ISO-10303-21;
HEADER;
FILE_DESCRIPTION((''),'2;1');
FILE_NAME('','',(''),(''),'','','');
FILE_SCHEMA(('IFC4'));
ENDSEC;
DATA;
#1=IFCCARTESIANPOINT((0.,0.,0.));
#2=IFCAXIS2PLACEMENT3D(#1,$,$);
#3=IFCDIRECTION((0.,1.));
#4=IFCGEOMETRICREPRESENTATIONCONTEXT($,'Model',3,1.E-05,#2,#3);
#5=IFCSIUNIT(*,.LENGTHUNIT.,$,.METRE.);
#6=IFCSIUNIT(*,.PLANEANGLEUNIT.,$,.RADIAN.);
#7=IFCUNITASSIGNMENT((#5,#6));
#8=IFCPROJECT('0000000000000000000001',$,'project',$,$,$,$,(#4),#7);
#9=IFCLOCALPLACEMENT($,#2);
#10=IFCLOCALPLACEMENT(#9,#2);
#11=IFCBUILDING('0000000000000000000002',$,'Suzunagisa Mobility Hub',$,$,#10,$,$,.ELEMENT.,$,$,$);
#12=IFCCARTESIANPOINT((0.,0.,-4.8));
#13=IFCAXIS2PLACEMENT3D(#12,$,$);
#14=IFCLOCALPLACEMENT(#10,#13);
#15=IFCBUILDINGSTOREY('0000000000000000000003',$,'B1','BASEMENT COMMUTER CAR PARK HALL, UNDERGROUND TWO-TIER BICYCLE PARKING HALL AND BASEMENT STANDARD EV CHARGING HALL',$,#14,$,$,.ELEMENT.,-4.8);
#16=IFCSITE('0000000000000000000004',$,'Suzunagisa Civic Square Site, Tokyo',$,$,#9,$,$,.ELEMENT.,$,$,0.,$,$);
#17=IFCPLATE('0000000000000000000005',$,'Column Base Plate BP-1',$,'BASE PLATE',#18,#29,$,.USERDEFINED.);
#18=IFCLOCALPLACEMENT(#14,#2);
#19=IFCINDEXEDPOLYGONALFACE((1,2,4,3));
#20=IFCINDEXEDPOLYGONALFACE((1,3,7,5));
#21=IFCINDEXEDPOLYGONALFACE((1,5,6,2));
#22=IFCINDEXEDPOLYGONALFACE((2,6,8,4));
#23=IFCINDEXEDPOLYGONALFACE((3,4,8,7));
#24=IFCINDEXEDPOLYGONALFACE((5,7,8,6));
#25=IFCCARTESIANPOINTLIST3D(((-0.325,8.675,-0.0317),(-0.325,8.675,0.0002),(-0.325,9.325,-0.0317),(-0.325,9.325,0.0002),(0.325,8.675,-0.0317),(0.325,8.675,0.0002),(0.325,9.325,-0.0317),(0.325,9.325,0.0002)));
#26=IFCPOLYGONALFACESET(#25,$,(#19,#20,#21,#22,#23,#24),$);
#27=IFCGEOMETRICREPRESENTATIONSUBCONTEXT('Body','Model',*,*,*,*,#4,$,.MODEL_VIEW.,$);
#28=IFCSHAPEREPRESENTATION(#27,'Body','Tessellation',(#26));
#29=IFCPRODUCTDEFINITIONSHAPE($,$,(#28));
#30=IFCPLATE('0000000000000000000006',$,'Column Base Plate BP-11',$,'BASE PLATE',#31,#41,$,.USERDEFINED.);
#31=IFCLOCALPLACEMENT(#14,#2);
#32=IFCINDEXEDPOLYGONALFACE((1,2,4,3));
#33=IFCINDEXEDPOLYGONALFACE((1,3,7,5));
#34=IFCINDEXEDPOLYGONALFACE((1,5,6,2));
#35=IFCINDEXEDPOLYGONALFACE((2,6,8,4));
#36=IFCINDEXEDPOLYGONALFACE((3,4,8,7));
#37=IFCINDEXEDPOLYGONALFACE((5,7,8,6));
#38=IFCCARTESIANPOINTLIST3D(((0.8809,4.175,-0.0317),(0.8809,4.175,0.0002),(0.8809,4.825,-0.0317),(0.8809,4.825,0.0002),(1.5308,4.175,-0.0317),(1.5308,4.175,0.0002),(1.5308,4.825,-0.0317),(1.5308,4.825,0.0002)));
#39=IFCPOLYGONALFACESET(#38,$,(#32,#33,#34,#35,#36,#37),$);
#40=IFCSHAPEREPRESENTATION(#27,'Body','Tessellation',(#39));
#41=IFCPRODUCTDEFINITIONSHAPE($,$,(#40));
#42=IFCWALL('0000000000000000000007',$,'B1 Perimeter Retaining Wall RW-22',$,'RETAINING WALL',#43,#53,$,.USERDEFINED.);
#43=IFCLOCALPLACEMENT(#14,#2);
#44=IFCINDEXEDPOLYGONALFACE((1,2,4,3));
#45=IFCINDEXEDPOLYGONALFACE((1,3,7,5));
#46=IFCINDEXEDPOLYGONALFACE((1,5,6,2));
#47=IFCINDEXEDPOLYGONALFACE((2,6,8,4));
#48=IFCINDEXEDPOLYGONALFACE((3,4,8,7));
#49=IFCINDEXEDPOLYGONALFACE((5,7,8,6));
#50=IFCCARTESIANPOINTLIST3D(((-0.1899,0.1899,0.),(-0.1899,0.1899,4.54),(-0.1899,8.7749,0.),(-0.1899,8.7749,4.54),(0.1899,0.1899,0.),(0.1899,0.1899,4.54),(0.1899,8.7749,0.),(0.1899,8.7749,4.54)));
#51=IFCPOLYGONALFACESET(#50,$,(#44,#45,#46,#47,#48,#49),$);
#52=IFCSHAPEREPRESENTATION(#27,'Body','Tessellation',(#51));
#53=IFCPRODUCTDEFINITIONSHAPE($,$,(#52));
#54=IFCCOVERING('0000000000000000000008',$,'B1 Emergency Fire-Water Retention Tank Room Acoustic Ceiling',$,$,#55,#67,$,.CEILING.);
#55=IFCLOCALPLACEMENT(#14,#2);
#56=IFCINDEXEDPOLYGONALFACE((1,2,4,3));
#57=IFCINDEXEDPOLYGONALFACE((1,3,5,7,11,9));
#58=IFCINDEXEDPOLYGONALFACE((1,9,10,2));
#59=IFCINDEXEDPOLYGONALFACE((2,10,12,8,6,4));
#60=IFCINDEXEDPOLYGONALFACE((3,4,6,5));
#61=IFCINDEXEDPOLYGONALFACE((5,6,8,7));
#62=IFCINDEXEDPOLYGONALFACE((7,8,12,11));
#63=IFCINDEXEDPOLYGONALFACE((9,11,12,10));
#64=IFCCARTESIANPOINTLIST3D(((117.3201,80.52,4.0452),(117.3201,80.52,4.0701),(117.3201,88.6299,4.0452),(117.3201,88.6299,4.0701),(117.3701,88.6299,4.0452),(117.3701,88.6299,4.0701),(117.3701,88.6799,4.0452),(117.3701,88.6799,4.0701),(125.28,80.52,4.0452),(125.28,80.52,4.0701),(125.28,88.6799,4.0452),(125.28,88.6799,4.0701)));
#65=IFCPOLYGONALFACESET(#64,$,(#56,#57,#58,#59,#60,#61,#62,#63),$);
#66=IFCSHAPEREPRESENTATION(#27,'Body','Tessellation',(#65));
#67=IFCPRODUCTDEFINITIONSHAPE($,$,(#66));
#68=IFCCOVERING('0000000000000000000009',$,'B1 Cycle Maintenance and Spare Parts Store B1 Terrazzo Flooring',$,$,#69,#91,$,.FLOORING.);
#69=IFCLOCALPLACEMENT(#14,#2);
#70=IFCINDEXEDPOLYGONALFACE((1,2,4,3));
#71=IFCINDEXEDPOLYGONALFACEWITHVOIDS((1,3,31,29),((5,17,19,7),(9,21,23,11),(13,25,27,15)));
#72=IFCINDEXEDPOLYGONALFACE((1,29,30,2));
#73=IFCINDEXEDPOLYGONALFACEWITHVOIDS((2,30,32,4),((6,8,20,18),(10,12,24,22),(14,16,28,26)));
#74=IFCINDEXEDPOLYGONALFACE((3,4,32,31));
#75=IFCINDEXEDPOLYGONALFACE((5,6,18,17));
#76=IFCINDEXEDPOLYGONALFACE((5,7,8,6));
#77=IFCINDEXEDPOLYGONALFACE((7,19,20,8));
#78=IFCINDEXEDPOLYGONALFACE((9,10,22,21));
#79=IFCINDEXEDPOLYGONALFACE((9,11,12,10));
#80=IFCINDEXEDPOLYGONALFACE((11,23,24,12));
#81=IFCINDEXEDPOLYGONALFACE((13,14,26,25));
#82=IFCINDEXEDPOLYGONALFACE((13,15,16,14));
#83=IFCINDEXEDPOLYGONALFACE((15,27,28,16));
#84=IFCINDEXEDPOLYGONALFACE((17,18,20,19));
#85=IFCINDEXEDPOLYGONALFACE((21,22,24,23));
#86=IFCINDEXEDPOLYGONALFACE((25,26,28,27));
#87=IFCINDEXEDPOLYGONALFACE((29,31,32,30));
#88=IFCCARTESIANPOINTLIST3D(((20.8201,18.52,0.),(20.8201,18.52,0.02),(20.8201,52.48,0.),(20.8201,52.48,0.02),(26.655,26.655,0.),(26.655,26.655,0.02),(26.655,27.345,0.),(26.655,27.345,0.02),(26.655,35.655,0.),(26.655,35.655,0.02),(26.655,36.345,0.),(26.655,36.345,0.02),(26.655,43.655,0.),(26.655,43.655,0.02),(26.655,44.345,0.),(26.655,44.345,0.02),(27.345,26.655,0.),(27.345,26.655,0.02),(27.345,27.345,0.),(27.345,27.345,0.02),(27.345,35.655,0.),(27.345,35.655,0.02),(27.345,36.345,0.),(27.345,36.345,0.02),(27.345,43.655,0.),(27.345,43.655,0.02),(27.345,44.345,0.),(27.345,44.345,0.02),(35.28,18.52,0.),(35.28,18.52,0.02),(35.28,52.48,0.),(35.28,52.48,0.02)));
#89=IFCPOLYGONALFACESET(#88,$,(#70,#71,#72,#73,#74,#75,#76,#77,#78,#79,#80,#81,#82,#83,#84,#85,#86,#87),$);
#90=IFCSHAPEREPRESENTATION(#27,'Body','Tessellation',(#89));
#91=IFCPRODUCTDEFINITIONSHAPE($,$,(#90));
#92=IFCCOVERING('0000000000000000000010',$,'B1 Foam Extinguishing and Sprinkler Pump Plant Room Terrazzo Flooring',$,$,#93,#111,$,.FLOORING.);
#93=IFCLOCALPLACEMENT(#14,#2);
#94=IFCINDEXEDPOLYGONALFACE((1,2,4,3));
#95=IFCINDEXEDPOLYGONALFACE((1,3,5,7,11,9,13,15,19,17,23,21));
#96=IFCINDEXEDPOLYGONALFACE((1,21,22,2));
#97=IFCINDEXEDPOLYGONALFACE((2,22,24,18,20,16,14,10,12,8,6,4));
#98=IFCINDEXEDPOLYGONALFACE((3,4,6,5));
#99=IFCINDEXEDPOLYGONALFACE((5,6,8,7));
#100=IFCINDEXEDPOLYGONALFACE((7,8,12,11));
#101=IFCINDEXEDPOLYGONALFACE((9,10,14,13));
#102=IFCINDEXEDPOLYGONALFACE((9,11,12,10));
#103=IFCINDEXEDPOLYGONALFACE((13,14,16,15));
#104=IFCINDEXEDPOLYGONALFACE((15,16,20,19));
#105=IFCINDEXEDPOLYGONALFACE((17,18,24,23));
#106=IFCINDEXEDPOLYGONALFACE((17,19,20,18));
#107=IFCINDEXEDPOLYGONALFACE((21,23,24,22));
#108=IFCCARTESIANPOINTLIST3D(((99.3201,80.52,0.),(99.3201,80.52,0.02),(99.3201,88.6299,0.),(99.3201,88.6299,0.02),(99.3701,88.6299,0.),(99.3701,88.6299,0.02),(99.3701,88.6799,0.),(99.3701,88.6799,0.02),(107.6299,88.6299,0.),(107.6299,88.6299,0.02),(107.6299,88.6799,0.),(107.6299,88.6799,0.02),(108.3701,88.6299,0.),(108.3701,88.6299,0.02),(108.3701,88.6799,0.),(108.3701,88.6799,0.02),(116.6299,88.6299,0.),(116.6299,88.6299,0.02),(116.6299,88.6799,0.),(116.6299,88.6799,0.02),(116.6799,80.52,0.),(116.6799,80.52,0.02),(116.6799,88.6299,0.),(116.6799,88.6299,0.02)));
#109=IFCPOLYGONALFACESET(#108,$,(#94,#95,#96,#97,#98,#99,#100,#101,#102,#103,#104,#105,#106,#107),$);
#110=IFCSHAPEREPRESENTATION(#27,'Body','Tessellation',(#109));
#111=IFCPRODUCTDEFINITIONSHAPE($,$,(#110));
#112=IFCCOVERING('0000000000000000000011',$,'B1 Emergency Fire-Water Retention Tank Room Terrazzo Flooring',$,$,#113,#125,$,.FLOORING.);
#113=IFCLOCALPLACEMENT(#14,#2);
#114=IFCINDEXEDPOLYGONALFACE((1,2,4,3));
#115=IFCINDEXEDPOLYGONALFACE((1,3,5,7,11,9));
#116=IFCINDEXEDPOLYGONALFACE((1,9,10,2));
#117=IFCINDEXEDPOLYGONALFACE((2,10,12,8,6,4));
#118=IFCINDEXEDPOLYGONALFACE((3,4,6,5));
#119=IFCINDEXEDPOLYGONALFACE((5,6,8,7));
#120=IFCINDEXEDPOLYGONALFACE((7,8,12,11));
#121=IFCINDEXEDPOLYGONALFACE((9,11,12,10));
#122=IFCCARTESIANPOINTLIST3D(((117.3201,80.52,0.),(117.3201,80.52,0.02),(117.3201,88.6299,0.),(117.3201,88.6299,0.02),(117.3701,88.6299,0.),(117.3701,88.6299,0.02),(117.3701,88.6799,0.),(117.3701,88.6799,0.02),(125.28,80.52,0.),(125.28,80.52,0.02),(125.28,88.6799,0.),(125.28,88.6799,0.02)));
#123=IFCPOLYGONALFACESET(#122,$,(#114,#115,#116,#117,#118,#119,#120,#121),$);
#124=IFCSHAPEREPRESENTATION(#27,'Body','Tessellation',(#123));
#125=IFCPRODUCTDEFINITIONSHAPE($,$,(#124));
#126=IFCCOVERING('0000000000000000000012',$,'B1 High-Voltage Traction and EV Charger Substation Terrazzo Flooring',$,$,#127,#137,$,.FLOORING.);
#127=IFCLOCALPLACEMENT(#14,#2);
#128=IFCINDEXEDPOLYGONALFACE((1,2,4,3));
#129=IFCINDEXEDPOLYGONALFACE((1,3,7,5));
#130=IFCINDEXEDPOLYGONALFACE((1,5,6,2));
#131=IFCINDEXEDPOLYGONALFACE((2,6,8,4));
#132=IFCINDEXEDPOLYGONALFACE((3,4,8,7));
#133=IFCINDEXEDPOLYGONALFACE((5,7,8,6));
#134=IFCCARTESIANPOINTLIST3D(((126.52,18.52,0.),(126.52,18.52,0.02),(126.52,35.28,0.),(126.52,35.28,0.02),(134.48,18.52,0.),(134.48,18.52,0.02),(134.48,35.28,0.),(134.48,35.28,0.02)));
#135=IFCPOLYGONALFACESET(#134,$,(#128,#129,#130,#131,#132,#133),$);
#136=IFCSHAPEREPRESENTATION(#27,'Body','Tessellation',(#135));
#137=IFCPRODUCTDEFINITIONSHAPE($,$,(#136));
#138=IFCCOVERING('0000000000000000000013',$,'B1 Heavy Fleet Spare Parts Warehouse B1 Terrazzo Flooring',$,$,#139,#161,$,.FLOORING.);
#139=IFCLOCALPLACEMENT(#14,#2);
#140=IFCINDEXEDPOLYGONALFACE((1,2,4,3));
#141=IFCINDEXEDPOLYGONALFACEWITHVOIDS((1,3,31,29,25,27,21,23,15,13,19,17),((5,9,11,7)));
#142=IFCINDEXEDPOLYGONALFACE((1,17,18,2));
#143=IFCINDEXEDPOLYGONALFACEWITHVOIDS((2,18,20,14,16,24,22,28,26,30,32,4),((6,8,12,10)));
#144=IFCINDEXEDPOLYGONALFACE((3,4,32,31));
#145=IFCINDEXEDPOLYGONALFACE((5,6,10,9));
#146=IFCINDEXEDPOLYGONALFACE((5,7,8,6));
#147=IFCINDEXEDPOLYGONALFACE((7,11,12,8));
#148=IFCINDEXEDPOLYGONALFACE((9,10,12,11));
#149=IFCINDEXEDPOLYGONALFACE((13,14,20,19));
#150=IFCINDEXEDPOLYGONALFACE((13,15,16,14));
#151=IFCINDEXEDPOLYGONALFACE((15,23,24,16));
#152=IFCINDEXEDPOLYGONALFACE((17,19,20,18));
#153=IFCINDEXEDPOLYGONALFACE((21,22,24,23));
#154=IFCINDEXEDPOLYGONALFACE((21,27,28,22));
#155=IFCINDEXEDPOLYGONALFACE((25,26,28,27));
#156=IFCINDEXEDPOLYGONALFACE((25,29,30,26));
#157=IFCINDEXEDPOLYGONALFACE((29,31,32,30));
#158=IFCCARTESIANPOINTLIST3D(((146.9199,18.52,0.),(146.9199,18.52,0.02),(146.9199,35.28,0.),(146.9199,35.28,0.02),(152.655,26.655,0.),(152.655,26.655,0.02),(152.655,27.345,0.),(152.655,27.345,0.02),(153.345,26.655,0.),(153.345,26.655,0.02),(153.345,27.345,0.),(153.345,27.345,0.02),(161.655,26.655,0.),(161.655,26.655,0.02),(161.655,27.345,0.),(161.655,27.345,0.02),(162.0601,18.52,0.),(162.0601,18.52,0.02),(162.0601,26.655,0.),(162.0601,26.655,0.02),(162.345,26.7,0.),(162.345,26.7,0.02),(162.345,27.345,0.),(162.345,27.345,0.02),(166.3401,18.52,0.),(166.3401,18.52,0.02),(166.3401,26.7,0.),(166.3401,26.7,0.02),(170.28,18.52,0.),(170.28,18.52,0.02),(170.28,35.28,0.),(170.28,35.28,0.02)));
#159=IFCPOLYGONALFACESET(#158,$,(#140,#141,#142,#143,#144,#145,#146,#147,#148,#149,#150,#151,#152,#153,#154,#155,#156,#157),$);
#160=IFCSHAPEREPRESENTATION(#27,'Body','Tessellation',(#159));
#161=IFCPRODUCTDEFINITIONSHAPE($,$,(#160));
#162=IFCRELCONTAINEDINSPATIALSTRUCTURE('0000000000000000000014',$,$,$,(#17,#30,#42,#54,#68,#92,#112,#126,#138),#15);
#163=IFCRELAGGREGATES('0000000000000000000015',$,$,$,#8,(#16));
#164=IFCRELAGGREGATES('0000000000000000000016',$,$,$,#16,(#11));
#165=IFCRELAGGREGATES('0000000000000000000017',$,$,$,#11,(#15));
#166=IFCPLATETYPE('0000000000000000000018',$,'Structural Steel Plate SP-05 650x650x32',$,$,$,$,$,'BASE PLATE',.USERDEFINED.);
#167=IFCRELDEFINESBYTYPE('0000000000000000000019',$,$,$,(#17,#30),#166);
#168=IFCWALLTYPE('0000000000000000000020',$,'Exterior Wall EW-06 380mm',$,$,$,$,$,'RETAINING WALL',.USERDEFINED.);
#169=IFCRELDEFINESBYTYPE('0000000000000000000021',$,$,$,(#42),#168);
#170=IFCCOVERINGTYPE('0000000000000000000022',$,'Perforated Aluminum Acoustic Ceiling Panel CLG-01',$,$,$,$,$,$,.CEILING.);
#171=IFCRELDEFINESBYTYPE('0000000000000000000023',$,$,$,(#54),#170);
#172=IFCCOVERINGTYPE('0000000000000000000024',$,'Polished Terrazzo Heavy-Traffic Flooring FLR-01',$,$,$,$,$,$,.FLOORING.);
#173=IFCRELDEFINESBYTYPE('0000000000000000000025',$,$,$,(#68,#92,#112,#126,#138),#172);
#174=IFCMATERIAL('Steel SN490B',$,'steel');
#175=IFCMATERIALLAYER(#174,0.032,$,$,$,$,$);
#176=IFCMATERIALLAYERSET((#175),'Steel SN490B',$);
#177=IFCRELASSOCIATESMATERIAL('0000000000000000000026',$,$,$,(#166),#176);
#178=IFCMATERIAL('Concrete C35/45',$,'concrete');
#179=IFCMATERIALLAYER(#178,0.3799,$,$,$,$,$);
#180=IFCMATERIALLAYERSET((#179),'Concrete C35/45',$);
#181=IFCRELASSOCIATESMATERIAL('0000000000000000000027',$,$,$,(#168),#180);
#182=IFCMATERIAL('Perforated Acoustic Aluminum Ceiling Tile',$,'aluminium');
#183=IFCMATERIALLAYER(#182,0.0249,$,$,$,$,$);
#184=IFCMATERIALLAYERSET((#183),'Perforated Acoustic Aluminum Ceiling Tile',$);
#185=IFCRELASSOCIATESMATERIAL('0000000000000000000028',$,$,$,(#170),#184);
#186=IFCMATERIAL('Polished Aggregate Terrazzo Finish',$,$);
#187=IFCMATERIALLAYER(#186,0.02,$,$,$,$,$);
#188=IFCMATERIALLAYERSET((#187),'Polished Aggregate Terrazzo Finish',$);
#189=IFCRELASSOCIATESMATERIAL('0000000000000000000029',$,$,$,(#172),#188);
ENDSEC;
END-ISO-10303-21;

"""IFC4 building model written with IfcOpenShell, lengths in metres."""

from ifc_helpers import new_model, si_unit, direction, frame, frame_2d, origin, origin_2d, place, context, subcontext, project, spatial, polyline, rectangle, outline, extrude, material, layer, layer_set, type_object, element, save


model = new_model("IFC4")

# Units and contexts
model_context = context("Model", 3, precision=1e-05, world=origin(), true_north=direction((0.0, 1.0)))
body_context = subcontext(model_context, "Body", "Model", "MODEL_VIEW")
ifc_project = project(units=[si_unit("LENGTHUNIT", "METRE"), si_unit("PLANEANGLEUNIT", "RADIAN")], contexts=[model_context])

# Site, building, storey
site_placement = place(None, origin())
site = spatial("IfcSite", under=ifc_project, at=site_placement, Name="Suzunagisa Civic Square Site, Tokyo", CompositionType="ELEMENT", RefElevation=0.0)
building_placement = place(site_placement, origin())
building = spatial("IfcBuilding", under=site, at=building_placement, Name="Suzunagisa Mobility Hub", CompositionType="ELEMENT")
storey_placement = place(building_placement, frame((0.0, 0.0, -4.8)))
storey = spatial("IfcBuildingStorey", under=building, at=storey_placement, Name="B1", Description="BASEMENT COMMUTER CAR PARK HALL, UNDERGROUND TWO-TIER BICYCLE PARKING HALL AND BASEMENT STANDARD EV CHARGING HALL", CompositionType="ELEMENT", Elevation=-4.8)

# Shared definitions
ifc_material_1 = material(Name="Steel SN490B", Category="steel")

# Shared definitions
ifc_material_2 = material(Name="Concrete C35/45", Category="concrete")

# Plates
ifc_layer_1 = layer(ifc_material_1, 0.032)
ifc_layer_set_1 = layer_set([ifc_layer_1], Name="Steel SN490B")
plate_type = type_object("IfcPlateType", Name="Structural Steel Plate SP-05 650x650x32", ElementType="BASE PLATE", PredefinedType="USERDEFINED", material=ifc_layer_set_1)
for number, where, z_axis, x_axis, name in (
    (1, (0.0, 9.0, -0.0317), (0.0, 0.0, 1.0), (1.0, 0.0, 0.0), "Column Base Plate BP-1"),
    (2, (1.2058, 4.5, -0.0317), (0.0, 0.0, 1.0), (1.0, 0.0, 0.0), "Column Base Plate BP-11"),
):
    element("IfcPlate", number, at=place(storey_placement, frame(where, z_axis=z_axis, x_axis=x_axis)), inside=storey, type_object=plate_type, Name=name, ObjectType="BASE PLATE", PredefinedType="USERDEFINED", context=body_context, shape_type="SweptSolid", body=[
        extrude(rectangle(XDim=0.6499, YDim=0.6499, at=origin_2d()), origin(), (0.0, 0.0, 1.0), 0.032),
    ])

# Wall
ifc_layer_2 = layer(ifc_material_2, 0.3799)
ifc_layer_set_2 = layer_set([ifc_layer_2], Name="Concrete C35/45")
wall_type = type_object("IfcWallType", Name="Exterior Wall EW-06 380mm", ElementType="RETAINING WALL", PredefinedType="USERDEFINED", material=ifc_layer_set_2)
wall_placement = place(storey_placement, frame((0.0, 8.7749, 0.0), z_axis=(0.0, 0.0, 1.0), x_axis=(0.0, -1.0, 0.0)))
element("IfcWall", 3, at=wall_placement, inside=storey, type_object=wall_type, Name="B1 Perimeter Retaining Wall RW-22", ObjectType="RETAINING WALL", PredefinedType="USERDEFINED", context=body_context, shape_type="SweptSolid", body=[
    extrude(rectangle(XDim=8.585, YDim=0.3799, at=frame_2d((4.2925, 0.0))), origin(), (0.0, 0.0, 1.0), 4.54),
])

# Coverings
ifc_material_3 = material(Name="Perforated Acoustic Aluminum Ceiling Tile", Category="aluminium")
ifc_layer_3 = layer(ifc_material_3, 0.0249)
ifc_layer_set_3 = layer_set([ifc_layer_3], Name="Perforated Acoustic Aluminum Ceiling Tile")
covering_type_1 = type_object("IfcCoveringType", Name="Perforated Aluminum Acoustic Ceiling Panel CLG-01", PredefinedType="CEILING", material=ifc_layer_set_3)
covering_1_placement = place(storey_placement, frame((0.0, 0.0, 4.0452)))
element("IfcCovering", 4, at=covering_1_placement, inside=storey, type_object=covering_type_1, Name="B1 Emergency Fire-Water Retention Tank Room Acoustic Ceiling", PredefinedType="CEILING", context=body_context, shape_type="SweptSolid", body=[
    extrude(outline(polyline([(117.3201, 88.6299), (117.3701, 88.6299), (117.3701, 88.6799), (125.28, 88.6799), (125.28, 80.52), (117.3201, 80.52), (117.3201, 88.6299)])), origin(), (0.0, 0.0, 1.0), 0.0249),
])
ifc_material_4 = material(Name="Polished Aggregate Terrazzo Finish")
ifc_layer_4 = layer(ifc_material_4, 0.02)
ifc_layer_set_4 = layer_set([ifc_layer_4], Name="Polished Aggregate Terrazzo Finish")
covering_type_2 = type_object("IfcCoveringType", Name="Polished Terrazzo Heavy-Traffic Flooring FLR-01", PredefinedType="FLOORING", material=ifc_layer_set_4)
covering_2_placement = place(storey_placement, origin())
element("IfcCovering", 5, at=covering_2_placement, inside=storey, type_object=covering_type_2, Name="B1 Cycle Maintenance and Spare Parts Store B1 Terrazzo Flooring", PredefinedType="FLOORING", context=body_context, shape_type="SweptSolid", body=[
    extrude(outline(polyline([(20.8201, 52.48), (35.28, 52.48), (35.28, 18.52), (20.8201, 18.52), (20.8201, 52.48)]), holes=[polyline([(26.655, 26.655), (27.345, 26.655), (27.345, 27.345), (26.655, 27.345), (26.655, 26.655)]), polyline([(26.655, 36.345), (26.655, 35.655), (27.345, 35.655), (27.345, 36.345), (26.655, 36.345)]), polyline([(27.345, 44.345), (26.655, 44.345), (26.655, 43.655), (27.345, 43.655), (27.345, 44.345)])]), origin(), (0.0, 0.0, 1.0), 0.02),
])
covering_3_placement = place(storey_placement, origin())
element("IfcCovering", 6, at=covering_3_placement, inside=storey, type_object=covering_type_2, Name="B1 Foam Extinguishing and Sprinkler Pump Plant Room Terrazzo Flooring", PredefinedType="FLOORING", context=body_context, shape_type="SweptSolid", body=[
    extrude(outline(polyline([(107.6299, 88.6799), (107.6299, 88.6299), (108.3701, 88.6299), (108.3701, 88.6799), (116.6299, 88.6799), (116.6299, 88.6299), (116.6799, 88.6299), (116.6799, 80.52), (99.3201, 80.52), (99.3201, 88.6299), (99.3701, 88.6299), (99.3701, 88.6799), (107.6299, 88.6799)])), origin(), (0.0, 0.0, 1.0), 0.02),
])
covering_4_placement = place(storey_placement, origin())
element("IfcCovering", 7, at=covering_4_placement, inside=storey, type_object=covering_type_2, Name="B1 Emergency Fire-Water Retention Tank Room Terrazzo Flooring", PredefinedType="FLOORING", context=body_context, shape_type="SweptSolid", body=[
    extrude(outline(polyline([(117.3201, 88.6299), (117.3701, 88.6299), (117.3701, 88.6799), (125.28, 88.6799), (125.28, 80.52), (117.3201, 80.52), (117.3201, 88.6299)])), origin(), (0.0, 0.0, 1.0), 0.02),
])
covering_5_placement = place(storey_placement, origin())
element("IfcCovering", 8, at=covering_5_placement, inside=storey, type_object=covering_type_2, Name="B1 High-Voltage Traction and EV Charger Substation Terrazzo Flooring", PredefinedType="FLOORING", context=body_context, shape_type="SweptSolid", body=[
    extrude(outline(polyline([(134.48, 35.28), (134.48, 18.52), (126.52, 18.52), (126.52, 35.28), (134.48, 35.28)])), origin(), (0.0, 0.0, 1.0), 0.02),
])
covering_6_placement = place(storey_placement, origin())
element("IfcCovering", 9, at=covering_6_placement, inside=storey, type_object=covering_type_2, Name="B1 Heavy Fleet Spare Parts Warehouse B1 Terrazzo Flooring", PredefinedType="FLOORING", context=body_context, shape_type="SweptSolid", body=[
    extrude(outline(polyline([(166.3401, 18.52), (166.3401, 26.7), (162.345, 26.7), (162.345, 27.345), (161.655, 27.345), (161.655, 26.655), (162.0601, 26.655), (162.0601, 18.52), (146.9199, 18.52), (146.9199, 35.28), (170.28, 35.28), (170.28, 18.52), (166.3401, 18.52)]), holes=[polyline([(152.655, 27.345), (152.655, 26.655), (153.345, 26.655), (153.345, 27.345), (152.655, 27.345)])]), origin(), (0.0, 0.0, 1.0), 0.02),
])

save(model, "model.ifc")
